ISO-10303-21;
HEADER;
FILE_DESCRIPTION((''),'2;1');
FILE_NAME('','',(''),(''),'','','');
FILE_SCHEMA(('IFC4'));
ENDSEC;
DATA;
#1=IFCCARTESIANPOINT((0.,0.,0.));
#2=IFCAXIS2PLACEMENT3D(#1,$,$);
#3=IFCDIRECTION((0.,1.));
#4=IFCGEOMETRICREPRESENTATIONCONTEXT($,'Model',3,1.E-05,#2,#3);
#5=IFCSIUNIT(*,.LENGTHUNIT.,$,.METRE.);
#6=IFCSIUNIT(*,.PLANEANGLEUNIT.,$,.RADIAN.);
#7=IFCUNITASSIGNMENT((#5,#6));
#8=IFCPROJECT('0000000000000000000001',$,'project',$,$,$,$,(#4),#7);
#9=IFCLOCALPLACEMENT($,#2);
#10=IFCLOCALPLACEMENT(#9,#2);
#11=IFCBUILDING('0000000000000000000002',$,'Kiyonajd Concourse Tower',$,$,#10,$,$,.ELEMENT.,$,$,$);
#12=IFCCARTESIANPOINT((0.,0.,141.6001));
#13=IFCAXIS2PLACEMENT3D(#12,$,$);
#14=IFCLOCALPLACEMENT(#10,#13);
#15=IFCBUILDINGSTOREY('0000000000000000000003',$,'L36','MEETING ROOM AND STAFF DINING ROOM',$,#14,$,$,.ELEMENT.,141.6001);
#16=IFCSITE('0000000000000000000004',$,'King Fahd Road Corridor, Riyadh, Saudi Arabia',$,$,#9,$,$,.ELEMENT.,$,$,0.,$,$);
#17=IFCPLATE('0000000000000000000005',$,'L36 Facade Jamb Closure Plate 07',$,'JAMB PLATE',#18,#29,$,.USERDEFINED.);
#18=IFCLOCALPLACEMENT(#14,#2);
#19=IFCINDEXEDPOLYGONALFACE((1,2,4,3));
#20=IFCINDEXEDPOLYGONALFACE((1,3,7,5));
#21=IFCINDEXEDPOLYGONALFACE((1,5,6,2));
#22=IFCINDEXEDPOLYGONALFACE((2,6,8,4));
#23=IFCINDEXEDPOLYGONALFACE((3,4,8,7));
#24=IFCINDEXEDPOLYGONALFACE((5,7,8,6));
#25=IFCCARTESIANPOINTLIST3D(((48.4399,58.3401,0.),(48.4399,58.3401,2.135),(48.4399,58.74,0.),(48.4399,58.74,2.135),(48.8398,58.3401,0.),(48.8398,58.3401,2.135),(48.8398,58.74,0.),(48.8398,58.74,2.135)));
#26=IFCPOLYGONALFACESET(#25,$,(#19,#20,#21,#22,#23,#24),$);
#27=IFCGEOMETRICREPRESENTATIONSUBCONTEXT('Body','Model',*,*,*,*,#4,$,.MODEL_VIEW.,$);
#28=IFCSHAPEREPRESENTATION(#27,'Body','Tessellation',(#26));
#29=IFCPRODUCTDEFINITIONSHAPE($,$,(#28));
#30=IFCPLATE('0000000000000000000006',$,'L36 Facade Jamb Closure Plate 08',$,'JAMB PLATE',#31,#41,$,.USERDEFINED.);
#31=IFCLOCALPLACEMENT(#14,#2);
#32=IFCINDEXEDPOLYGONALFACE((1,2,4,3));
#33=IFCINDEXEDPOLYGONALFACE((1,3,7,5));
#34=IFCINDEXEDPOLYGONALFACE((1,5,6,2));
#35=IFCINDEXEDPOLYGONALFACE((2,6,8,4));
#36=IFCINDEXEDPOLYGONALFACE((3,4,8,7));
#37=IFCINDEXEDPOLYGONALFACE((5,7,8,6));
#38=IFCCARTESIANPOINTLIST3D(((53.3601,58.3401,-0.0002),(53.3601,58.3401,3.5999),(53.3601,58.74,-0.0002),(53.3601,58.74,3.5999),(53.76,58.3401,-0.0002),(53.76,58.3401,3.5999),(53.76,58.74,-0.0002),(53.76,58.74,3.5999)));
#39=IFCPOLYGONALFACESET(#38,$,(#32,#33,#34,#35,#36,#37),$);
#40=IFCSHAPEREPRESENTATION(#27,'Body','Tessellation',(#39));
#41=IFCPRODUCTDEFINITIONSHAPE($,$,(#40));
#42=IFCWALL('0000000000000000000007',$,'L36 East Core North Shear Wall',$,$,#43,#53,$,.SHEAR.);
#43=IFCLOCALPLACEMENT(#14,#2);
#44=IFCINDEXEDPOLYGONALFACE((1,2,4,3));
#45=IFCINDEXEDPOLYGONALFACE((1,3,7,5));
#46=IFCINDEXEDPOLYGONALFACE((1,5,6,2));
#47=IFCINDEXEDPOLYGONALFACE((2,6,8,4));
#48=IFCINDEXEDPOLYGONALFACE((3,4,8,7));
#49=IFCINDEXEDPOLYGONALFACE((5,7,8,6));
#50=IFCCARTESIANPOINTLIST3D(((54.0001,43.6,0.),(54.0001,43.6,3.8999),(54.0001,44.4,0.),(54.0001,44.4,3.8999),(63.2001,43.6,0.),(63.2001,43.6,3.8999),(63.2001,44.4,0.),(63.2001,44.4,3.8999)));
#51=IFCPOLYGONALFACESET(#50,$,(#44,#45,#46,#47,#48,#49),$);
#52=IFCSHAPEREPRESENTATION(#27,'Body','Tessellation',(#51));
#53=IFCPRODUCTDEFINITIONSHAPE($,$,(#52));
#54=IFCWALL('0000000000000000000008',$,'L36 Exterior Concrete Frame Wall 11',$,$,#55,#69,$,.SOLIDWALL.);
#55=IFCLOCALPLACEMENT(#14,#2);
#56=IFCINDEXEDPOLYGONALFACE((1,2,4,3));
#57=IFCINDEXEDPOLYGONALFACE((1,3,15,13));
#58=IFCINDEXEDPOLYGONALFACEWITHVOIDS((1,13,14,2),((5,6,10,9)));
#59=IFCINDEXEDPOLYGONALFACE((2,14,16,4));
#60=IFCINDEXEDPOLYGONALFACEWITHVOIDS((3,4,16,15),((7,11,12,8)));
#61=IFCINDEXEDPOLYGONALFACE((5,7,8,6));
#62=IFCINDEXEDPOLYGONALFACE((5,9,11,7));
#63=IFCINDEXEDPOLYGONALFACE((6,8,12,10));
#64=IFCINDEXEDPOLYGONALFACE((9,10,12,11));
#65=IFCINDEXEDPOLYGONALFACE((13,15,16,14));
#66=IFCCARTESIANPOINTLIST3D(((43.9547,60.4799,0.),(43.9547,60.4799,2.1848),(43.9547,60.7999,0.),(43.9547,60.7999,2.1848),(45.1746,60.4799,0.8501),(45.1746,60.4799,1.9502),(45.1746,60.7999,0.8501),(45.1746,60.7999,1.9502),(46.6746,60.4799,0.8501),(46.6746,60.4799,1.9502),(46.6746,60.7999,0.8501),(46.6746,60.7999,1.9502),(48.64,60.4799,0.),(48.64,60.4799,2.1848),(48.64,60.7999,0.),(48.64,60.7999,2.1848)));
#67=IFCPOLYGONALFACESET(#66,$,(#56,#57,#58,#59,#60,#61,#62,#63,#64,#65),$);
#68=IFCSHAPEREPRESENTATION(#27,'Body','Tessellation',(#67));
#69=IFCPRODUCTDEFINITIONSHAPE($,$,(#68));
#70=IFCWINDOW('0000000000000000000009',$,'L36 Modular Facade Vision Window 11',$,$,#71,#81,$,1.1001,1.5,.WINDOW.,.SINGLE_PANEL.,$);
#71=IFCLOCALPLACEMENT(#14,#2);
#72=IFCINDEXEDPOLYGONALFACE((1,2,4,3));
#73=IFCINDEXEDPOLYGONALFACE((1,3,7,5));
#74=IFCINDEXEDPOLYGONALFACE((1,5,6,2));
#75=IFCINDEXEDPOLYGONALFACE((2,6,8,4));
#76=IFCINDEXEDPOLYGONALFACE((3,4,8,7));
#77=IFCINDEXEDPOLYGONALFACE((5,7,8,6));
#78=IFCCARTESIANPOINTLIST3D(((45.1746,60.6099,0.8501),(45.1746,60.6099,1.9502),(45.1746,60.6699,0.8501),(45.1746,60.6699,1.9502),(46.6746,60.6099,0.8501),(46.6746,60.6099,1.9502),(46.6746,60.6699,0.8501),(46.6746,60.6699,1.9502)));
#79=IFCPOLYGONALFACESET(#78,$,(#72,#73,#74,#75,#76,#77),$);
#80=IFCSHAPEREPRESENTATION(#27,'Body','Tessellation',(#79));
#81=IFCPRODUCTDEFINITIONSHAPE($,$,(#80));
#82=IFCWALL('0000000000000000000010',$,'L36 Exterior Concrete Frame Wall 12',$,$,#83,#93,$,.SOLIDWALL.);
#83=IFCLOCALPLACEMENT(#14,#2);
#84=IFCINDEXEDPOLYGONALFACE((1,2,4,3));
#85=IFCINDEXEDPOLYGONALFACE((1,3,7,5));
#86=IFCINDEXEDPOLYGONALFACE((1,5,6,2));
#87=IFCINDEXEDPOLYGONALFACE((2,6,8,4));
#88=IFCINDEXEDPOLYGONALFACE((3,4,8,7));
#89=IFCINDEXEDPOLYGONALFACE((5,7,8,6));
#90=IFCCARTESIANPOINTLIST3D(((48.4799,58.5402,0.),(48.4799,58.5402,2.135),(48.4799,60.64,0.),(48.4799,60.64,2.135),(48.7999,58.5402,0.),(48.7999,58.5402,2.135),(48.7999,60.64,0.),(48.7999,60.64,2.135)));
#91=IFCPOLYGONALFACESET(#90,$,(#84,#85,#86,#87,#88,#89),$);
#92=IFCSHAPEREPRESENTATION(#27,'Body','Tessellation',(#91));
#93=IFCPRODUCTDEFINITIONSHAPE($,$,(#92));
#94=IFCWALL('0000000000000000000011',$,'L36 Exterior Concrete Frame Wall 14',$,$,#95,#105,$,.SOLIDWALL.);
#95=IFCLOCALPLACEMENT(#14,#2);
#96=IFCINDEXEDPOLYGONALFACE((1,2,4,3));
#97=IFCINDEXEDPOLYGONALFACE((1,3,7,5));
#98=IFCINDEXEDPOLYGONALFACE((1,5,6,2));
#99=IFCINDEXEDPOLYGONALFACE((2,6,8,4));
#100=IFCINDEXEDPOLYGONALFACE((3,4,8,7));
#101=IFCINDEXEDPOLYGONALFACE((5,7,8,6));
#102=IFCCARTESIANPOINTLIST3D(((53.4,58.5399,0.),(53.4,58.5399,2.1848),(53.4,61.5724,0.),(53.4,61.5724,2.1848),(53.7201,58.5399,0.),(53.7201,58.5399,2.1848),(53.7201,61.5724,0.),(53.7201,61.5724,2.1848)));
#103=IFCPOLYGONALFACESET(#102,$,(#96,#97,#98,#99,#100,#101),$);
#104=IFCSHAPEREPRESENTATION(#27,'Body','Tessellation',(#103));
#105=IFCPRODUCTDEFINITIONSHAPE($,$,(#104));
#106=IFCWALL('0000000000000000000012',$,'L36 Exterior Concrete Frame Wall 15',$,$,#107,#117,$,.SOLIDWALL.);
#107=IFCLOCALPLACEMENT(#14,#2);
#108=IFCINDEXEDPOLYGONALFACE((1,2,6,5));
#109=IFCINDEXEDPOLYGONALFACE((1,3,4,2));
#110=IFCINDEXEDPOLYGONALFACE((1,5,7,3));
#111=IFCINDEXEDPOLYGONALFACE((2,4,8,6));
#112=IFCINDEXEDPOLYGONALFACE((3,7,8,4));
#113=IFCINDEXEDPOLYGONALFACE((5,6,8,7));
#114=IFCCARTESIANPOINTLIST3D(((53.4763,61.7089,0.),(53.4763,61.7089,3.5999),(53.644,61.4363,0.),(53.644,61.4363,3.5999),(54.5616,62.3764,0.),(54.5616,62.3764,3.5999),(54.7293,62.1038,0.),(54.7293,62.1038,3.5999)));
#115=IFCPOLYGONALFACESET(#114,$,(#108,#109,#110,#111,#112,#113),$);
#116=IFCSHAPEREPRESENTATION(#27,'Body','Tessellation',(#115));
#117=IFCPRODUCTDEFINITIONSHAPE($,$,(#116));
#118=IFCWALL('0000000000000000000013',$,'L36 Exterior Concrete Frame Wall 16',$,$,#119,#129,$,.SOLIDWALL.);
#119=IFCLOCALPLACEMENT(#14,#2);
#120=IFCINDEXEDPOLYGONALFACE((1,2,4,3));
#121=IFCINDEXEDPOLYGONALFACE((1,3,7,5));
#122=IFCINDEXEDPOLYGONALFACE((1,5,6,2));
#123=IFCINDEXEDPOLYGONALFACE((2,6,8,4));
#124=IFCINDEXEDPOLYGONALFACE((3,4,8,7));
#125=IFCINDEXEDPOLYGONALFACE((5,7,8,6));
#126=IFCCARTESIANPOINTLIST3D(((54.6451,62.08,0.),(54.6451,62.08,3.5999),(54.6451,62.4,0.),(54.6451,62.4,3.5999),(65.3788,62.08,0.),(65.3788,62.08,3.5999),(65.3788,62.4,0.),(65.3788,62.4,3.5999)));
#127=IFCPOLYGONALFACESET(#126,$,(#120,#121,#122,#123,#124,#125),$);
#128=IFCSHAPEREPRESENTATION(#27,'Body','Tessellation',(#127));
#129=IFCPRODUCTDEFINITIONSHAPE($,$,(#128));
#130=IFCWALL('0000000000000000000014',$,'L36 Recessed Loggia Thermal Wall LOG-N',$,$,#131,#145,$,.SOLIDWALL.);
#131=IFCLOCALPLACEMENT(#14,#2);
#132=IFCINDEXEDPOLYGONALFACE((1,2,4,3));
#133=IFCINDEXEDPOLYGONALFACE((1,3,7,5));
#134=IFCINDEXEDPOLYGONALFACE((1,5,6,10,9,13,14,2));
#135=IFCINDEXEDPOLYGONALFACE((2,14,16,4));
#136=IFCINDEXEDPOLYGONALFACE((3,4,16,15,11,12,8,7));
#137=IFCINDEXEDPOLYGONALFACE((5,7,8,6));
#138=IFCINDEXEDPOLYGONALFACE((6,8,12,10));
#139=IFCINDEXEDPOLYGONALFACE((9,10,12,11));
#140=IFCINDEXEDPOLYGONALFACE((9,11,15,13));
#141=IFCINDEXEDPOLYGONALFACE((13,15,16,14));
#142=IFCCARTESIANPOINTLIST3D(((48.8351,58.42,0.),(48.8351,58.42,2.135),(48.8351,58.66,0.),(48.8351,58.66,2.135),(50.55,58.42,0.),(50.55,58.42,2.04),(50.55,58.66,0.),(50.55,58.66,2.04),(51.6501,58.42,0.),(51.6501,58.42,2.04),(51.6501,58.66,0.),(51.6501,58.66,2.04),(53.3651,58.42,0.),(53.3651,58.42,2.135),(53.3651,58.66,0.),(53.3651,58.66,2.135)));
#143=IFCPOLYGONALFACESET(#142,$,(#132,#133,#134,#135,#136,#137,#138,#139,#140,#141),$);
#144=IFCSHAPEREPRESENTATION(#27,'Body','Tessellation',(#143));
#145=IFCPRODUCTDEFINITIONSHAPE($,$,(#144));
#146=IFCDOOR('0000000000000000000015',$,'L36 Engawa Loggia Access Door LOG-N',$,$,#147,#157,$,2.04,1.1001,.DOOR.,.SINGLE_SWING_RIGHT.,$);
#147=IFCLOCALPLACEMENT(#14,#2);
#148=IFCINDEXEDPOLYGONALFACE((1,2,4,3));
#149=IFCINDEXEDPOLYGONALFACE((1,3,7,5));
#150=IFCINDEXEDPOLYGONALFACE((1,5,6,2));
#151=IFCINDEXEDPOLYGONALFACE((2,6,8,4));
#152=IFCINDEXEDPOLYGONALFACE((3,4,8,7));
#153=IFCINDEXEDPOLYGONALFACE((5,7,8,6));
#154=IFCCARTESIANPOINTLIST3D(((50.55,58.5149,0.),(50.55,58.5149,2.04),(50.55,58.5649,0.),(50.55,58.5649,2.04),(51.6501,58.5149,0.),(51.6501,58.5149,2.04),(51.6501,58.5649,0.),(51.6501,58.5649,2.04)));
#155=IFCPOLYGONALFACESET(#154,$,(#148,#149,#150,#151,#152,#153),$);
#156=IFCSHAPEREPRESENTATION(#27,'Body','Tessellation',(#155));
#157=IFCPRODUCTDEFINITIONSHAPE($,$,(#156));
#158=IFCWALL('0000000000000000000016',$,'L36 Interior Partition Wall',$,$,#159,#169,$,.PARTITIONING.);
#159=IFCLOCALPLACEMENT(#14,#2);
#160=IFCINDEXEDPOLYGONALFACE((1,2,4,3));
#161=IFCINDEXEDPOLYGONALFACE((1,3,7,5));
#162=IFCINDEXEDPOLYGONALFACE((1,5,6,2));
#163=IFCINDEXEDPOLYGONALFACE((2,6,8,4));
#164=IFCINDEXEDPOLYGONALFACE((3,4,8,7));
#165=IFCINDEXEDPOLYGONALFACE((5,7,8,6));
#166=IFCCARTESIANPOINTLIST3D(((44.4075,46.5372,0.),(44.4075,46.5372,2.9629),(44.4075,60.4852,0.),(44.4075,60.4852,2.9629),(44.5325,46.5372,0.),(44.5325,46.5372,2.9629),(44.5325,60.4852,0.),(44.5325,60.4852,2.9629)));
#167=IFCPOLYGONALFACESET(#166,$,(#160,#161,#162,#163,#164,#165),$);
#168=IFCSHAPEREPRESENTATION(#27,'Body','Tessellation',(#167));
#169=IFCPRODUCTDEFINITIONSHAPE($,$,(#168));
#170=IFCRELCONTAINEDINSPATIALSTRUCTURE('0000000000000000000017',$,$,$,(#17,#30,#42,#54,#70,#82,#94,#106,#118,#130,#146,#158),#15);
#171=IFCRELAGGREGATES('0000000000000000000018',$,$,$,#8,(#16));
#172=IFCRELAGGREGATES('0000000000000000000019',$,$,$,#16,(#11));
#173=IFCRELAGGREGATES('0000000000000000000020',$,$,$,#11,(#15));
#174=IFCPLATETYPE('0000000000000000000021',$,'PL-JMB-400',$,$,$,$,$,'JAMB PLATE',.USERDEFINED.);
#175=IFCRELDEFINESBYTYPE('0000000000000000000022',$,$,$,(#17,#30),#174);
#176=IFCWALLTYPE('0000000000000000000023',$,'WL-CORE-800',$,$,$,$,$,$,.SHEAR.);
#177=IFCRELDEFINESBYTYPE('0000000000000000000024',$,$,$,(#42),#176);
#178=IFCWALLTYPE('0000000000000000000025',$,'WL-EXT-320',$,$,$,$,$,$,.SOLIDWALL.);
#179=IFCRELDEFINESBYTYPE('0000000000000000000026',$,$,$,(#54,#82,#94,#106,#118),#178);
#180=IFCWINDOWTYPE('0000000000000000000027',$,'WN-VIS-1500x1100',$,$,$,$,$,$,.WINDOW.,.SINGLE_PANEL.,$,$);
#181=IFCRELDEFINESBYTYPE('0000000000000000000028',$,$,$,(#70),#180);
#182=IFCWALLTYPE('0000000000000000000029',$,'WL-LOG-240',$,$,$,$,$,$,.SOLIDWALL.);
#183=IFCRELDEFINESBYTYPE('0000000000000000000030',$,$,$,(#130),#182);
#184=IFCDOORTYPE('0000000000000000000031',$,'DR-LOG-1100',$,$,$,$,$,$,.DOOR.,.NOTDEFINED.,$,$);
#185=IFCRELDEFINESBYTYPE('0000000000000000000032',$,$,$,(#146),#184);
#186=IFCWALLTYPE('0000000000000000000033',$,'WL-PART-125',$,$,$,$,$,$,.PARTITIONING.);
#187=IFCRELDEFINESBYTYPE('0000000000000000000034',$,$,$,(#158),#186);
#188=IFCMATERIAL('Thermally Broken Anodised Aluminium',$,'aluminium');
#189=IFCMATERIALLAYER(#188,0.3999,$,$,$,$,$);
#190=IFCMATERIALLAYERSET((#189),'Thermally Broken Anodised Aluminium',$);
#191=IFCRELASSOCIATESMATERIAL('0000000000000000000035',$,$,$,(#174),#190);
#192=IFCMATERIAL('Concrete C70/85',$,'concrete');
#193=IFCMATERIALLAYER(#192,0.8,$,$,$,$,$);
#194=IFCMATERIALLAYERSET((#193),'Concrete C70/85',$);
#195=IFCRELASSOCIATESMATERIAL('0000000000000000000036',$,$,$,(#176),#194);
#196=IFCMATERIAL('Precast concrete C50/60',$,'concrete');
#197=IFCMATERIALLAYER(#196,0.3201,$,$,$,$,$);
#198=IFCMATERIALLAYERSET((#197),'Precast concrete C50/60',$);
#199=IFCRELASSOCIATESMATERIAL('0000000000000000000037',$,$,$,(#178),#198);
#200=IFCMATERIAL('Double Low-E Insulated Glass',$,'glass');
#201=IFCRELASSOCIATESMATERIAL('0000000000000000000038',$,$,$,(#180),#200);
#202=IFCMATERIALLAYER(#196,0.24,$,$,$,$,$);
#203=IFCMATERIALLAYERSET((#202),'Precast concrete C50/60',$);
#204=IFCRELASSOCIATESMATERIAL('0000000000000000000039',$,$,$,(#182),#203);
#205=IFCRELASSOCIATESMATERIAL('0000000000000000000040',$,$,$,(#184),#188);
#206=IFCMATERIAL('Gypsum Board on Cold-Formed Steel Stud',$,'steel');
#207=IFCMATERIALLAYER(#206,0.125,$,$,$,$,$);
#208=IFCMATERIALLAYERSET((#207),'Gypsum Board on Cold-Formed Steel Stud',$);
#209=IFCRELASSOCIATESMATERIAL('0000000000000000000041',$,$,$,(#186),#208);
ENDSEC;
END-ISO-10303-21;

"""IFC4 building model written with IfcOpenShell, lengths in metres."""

from ifc_helpers import new_model, si_unit, direction, frame, frame_2d, origin, origin_2d, place, context, subcontext, project, spatial, rectangle, extrude, material, layer, layer_set, type_object, element, fill, save


model = new_model("IFC4")

# Units and contexts
model_context = context("Model", 3, precision=1e-05, world=origin(), true_north=direction((0.0, 1.0)))
body_context = subcontext(model_context, "Body", "Model", "MODEL_VIEW")
ifc_project = project(units=[si_unit("LENGTHUNIT", "METRE"), si_unit("PLANEANGLEUNIT", "RADIAN")], contexts=[model_context])

# Site, building, storey
site_placement = place(None, origin())
site = spatial("IfcSite", under=ifc_project, at=site_placement, Name="King Fahd Road Corridor, Riyadh, Saudi Arabia", CompositionType="ELEMENT", RefElevation=0.0)
building_placement = place(site_placement, origin())
building = spatial("IfcBuilding", under=site, at=building_placement, Name="Kiyonajd Concourse Tower", CompositionType="ELEMENT")
storey_placement = place(building_placement, frame((0.0, 0.0, 141.6001)))
storey = spatial("IfcBuildingStorey", under=building, at=storey_placement, Name="L36", Description="MEETING ROOM AND STAFF DINING ROOM", CompositionType="ELEMENT", Elevation=141.6001)

# Shared definitions
ifc_material_1 = material(Name="Concrete C70/85", Category="concrete")

# Plates
ifc_material_2 = material(Name="Thermally Broken Anodised Aluminium", Category="aluminium")
ifc_layer_1 = layer(ifc_material_2, 0.3999)
ifc_layer_set_1 = layer_set([ifc_layer_1], Name="Thermally Broken Anodised Aluminium")
plate_type_1 = type_object("IfcPlateType", Name="PL-JMB-400", ElementType="JAMB PLATE", PredefinedType="USERDEFINED", material=ifc_layer_set_1)
plate_1_placement = place(storey_placement, frame((48.6399, 58.54, 0.0), z_axis=(0.0, 0.0, 1.0), x_axis=(1.0, 0.0, 0.0)))
element("IfcPlate", 1, at=plate_1_placement, inside=storey, type_object=plate_type_1, Name="L36 Facade Jamb Closure Plate 07", ObjectType="JAMB PLATE", PredefinedType="USERDEFINED", context=body_context, shape_type="SweptSolid", body=[
    extrude(rectangle(XDim=0.3999, YDim=0.3999, at=origin_2d()), origin(), (0.0, 0.0, 1.0), 2.135),
])
plate_2_placement = place(storey_placement, frame((53.5601, 58.54, -0.0002), z_axis=(0.0, 0.0, 1.0), x_axis=(1.0, 0.0, 0.0)))
element("IfcPlate", 2, at=plate_2_placement, inside=storey, type_object=plate_type_1, Name="L36 Facade Jamb Closure Plate 08", ObjectType="JAMB PLATE", PredefinedType="USERDEFINED", context=body_context, shape_type="SweptSolid", body=[
    extrude(rectangle(XDim=0.3999, YDim=0.3999, at=origin_2d()), origin(), (0.0, 0.0, 1.0), 3.6001),
])

# Wall
ifc_layer_2 = layer(ifc_material_1, 0.8)
ifc_layer_set_2 = layer_set([ifc_layer_2], Name="Concrete C70/85")
wall_type_1 = type_object("IfcWallType", Name="WL-CORE-800", PredefinedType="SHEAR", material=ifc_layer_set_2)
wall_1_placement = place(storey_placement, frame((54.0, 44.0, 0.0), z_axis=(0.0, 0.0, 1.0), x_axis=(1.0, 0.0, 0.0)))
element("IfcWall", 3, at=wall_1_placement, inside=storey, type_object=wall_type_1, Name="L36 East Core North Shear Wall", PredefinedType="SHEAR", context=body_context, shape_type="SweptSolid", body=[
    extrude(rectangle(XDim=9.2, YDim=0.8, at=frame_2d((4.6001, 0.0))), origin(), (0.0, 0.0, 1.0), 3.8999),
])

# Wall, opening, window
ifc_material_3 = material(Name="Precast concrete C50/60", Category="concrete")
ifc_layer_3 = layer(ifc_material_3, 0.3201)
ifc_layer_set_3 = layer_set([ifc_layer_3], Name="Precast concrete C50/60")
wall_type_2 = type_object("IfcWallType", Name="WL-EXT-320", PredefinedType="SOLIDWALL", material=ifc_layer_set_3)
wall_2_placement = place(storey_placement, frame((43.9546, 60.6399, 0.0), z_axis=(0.0, 0.0, 1.0), x_axis=(1.0, 0.0, 0.0)))
wall_2 = element("IfcWall", 4, at=wall_2_placement, inside=storey, type_object=wall_type_2, Name="L36 Exterior Concrete Frame Wall 11", PredefinedType="SOLIDWALL", context=body_context, shape_type="SweptSolid", body=[
    extrude(rectangle(XDim=4.6853, YDim=0.3201, at=frame_2d((2.3428, 0.0))), origin(), (0.0, 0.0, 1.0), 2.1848),
])
opening_1_placement = place(wall_2_placement, frame((1.22, 0.0, 0.8501)))
opening_1 = element("IfcOpeningElement", 5, at=opening_1_placement, cuts=wall_2, PredefinedType="OPENING", context=body_context, shape_type="SweptSolid", body=[
    extrude(rectangle(XDim=1.5, YDim=1.1001, at=frame_2d((0.75, 0.55))), frame((0.0, 0.1699, 0.0), z_axis=(0.0, -1.0, 0.0), x_axis=(1.0, 0.0, 0.0)), (0.0, 0.0, 1.0), 0.3401),
])
ifc_material_4 = material(Name="Double Low-E Insulated Glass", Category="glass")
window_type = type_object("IfcWindowType", Name="WN-VIS-1500x1100", PartitioningType="SINGLE_PANEL", PredefinedType="WINDOW", material=ifc_material_4)
window_placement = place(opening_1_placement, origin())
window = element("IfcWindow", 6, at=window_placement, inside=storey, type_object=window_type, Name="L36 Modular Facade Vision Window 11", OverallHeight=1.1001, OverallWidth=1.5, PartitioningType="SINGLE_PANEL", PredefinedType="WINDOW", context=body_context, shape_type="SweptSolid", body=[
    extrude(rectangle(XDim=1.5, YDim=1.1001, at=frame_2d((0.75, 0.55))), frame((0.0, 0.03, 0.0), z_axis=(0.0, -1.0, 0.0), x_axis=(1.0, 0.0, 0.0)), (0.0, 0.0, 1.0), 0.0601),
])
fill(opening_1, window)

# Walls
wall_3_placement = place(storey_placement, frame((48.6399, 60.6399, 0.0), z_axis=(0.0, 0.0, 1.0), x_axis=(0.0, -1.0, 0.0)))
element("IfcWall", 7, at=wall_3_placement, inside=storey, type_object=wall_type_2, Name="L36 Exterior Concrete Frame Wall 12", PredefinedType="SOLIDWALL", context=body_context, shape_type="SweptSolid", body=[
    extrude(rectangle(XDim=2.0999, YDim=0.3201, at=frame_2d((1.0498, 0.0))), origin(), (0.0, 0.0, 1.0), 2.135),
])
wall_4_placement = place(storey_placement, frame((53.5601, 58.54, 0.0), z_axis=(0.0, 0.0, 1.0), x_axis=(0.0, 1.0, 0.0)))
element("IfcWall", 8, at=wall_4_placement, inside=storey, type_object=wall_type_2, Name="L36 Exterior Concrete Frame Wall 14", PredefinedType="SOLIDWALL", context=body_context, shape_type="SweptSolid", body=[
    extrude(rectangle(XDim=3.0325, YDim=0.3201, at=frame_2d((1.5161, 0.0))), origin(), (0.0, 0.0, 1.0), 2.1848),
])
wall_5_placement = place(storey_placement, frame((53.5601, 61.5725, 0.0), z_axis=(0.0, 0.0, 1.0), x_axis=(0.851777, 0.523905, 0.0)))
element("IfcWall", 9, at=wall_5_placement, inside=storey, type_object=wall_type_2, Name="L36 Exterior Concrete Frame Wall 15", PredefinedType="SOLIDWALL", context=body_context, shape_type="SweptSolid", body=[
    extrude(rectangle(XDim=1.2742, YDim=0.3201, at=frame_2d((0.6372, 0.0))), origin(), (0.0, 0.0, 1.0), 3.5999),
])
wall_6_placement = place(storey_placement, frame((54.6453, 62.24, 0.0), z_axis=(0.0, 0.0, 1.0), x_axis=(1.0, 0.0, 0.0)))
element("IfcWall", 10, at=wall_6_placement, inside=storey, type_object=wall_type_2, Name="L36 Exterior Concrete Frame Wall 16", PredefinedType="SOLIDWALL", context=body_context, shape_type="SweptSolid", body=[
    extrude(rectangle(XDim=10.7336, YDim=0.3201, at=frame_2d((5.3667, 0.0))), origin(), (0.0, 0.0, 1.0), 3.5999),
])

# Wall, opening, door
ifc_layer_4 = layer(ifc_material_3, 0.24)
ifc_layer_set_4 = layer_set([ifc_layer_4], Name="Precast concrete C50/60")
wall_type_3 = type_object("IfcWallType", Name="WL-LOG-240", PredefinedType="SOLIDWALL", material=ifc_layer_set_4)
wall_7_placement = place(storey_placement, frame((48.835, 58.54, 0.0), z_axis=(0.0, 0.0, 1.0), x_axis=(1.0, 0.0, 0.0)))
wall_7 = element("IfcWall", 11, at=wall_7_placement, inside=storey, type_object=wall_type_3, Name="L36 Recessed Loggia Thermal Wall LOG-N", PredefinedType="SOLIDWALL", context=body_context, shape_type="SweptSolid", body=[
    extrude(rectangle(XDim=4.53, YDim=0.24, at=frame_2d((2.2651, 0.0))), origin(), (0.0, 0.0, 1.0), 2.135),
])
opening_2_placement = place(wall_7_placement, frame((1.7151, 0.0, 0.0)))
opening_2 = element("IfcOpeningElement", 12, at=opening_2_placement, cuts=wall_7, PredefinedType="OPENING", context=body_context, shape_type="SweptSolid", body=[
    extrude(rectangle(XDim=1.1001, YDim=2.04, at=frame_2d((0.55, 1.02))), frame((0.0, 0.1299, 0.0), z_axis=(0.0, -1.0, 0.0), x_axis=(1.0, 0.0, 0.0)), (0.0, 0.0, 1.0), 0.26),
])
door_type_1 = type_object("IfcDoorType", Name="DR-LOG-1100", OperationType="NOTDEFINED", PredefinedType="DOOR", material=ifc_material_2)
door_1_placement = place(opening_2_placement, origin())
door_1 = element("IfcDoor", 13, at=door_1_placement, inside=storey, type_object=door_type_1, Name="L36 Engawa Loggia Access Door LOG-N", OperationType="SINGLE_SWING_RIGHT", OverallHeight=2.04, OverallWidth=1.1001, PredefinedType="DOOR", context=body_context, shape_type="SweptSolid", body=[
    extrude(rectangle(XDim=1.1001, YDim=2.04, at=frame_2d((0.55, 1.02))), frame((0.0, 0.0249, 0.0), z_axis=(0.0, -1.0, 0.0), x_axis=(1.0, 0.0, 0.0)), (0.0, 0.0, 1.0), 0.05),
])
fill(opening_2, door_1)

# Wall
ifc_material_5 = material(Name="Gypsum Board on Cold-Formed Steel Stud", Category="steel")
ifc_layer_5 = layer(ifc_material_5, 0.125)
ifc_layer_set_5 = layer_set([ifc_layer_5], Name="Gypsum Board on Cold-Formed Steel Stud")
wall_type_4 = type_object("IfcWallType", Name="WL-PART-125", PredefinedType="PARTITIONING", material=ifc_layer_set_5)
wall_8_placement = place(storey_placement, frame((44.47, 46.5371, 0.0), z_axis=(0.0, 0.0, 1.0), x_axis=(0.0, 1.0, 0.0)))
element("IfcWall", 14, at=wall_8_placement, inside=storey, type_object=wall_type_4, Name="L36 Interior Partition Wall", PredefinedType="PARTITIONING", context=body_context, shape_type="SweptSolid", body=[
    extrude(rectangle(XDim=13.948, YDim=0.125, at=frame_2d((6.9741, 0.0))), origin(), (0.0, 0.0, 1.0), 2.9629),
])

save(model, "model.ifc")
